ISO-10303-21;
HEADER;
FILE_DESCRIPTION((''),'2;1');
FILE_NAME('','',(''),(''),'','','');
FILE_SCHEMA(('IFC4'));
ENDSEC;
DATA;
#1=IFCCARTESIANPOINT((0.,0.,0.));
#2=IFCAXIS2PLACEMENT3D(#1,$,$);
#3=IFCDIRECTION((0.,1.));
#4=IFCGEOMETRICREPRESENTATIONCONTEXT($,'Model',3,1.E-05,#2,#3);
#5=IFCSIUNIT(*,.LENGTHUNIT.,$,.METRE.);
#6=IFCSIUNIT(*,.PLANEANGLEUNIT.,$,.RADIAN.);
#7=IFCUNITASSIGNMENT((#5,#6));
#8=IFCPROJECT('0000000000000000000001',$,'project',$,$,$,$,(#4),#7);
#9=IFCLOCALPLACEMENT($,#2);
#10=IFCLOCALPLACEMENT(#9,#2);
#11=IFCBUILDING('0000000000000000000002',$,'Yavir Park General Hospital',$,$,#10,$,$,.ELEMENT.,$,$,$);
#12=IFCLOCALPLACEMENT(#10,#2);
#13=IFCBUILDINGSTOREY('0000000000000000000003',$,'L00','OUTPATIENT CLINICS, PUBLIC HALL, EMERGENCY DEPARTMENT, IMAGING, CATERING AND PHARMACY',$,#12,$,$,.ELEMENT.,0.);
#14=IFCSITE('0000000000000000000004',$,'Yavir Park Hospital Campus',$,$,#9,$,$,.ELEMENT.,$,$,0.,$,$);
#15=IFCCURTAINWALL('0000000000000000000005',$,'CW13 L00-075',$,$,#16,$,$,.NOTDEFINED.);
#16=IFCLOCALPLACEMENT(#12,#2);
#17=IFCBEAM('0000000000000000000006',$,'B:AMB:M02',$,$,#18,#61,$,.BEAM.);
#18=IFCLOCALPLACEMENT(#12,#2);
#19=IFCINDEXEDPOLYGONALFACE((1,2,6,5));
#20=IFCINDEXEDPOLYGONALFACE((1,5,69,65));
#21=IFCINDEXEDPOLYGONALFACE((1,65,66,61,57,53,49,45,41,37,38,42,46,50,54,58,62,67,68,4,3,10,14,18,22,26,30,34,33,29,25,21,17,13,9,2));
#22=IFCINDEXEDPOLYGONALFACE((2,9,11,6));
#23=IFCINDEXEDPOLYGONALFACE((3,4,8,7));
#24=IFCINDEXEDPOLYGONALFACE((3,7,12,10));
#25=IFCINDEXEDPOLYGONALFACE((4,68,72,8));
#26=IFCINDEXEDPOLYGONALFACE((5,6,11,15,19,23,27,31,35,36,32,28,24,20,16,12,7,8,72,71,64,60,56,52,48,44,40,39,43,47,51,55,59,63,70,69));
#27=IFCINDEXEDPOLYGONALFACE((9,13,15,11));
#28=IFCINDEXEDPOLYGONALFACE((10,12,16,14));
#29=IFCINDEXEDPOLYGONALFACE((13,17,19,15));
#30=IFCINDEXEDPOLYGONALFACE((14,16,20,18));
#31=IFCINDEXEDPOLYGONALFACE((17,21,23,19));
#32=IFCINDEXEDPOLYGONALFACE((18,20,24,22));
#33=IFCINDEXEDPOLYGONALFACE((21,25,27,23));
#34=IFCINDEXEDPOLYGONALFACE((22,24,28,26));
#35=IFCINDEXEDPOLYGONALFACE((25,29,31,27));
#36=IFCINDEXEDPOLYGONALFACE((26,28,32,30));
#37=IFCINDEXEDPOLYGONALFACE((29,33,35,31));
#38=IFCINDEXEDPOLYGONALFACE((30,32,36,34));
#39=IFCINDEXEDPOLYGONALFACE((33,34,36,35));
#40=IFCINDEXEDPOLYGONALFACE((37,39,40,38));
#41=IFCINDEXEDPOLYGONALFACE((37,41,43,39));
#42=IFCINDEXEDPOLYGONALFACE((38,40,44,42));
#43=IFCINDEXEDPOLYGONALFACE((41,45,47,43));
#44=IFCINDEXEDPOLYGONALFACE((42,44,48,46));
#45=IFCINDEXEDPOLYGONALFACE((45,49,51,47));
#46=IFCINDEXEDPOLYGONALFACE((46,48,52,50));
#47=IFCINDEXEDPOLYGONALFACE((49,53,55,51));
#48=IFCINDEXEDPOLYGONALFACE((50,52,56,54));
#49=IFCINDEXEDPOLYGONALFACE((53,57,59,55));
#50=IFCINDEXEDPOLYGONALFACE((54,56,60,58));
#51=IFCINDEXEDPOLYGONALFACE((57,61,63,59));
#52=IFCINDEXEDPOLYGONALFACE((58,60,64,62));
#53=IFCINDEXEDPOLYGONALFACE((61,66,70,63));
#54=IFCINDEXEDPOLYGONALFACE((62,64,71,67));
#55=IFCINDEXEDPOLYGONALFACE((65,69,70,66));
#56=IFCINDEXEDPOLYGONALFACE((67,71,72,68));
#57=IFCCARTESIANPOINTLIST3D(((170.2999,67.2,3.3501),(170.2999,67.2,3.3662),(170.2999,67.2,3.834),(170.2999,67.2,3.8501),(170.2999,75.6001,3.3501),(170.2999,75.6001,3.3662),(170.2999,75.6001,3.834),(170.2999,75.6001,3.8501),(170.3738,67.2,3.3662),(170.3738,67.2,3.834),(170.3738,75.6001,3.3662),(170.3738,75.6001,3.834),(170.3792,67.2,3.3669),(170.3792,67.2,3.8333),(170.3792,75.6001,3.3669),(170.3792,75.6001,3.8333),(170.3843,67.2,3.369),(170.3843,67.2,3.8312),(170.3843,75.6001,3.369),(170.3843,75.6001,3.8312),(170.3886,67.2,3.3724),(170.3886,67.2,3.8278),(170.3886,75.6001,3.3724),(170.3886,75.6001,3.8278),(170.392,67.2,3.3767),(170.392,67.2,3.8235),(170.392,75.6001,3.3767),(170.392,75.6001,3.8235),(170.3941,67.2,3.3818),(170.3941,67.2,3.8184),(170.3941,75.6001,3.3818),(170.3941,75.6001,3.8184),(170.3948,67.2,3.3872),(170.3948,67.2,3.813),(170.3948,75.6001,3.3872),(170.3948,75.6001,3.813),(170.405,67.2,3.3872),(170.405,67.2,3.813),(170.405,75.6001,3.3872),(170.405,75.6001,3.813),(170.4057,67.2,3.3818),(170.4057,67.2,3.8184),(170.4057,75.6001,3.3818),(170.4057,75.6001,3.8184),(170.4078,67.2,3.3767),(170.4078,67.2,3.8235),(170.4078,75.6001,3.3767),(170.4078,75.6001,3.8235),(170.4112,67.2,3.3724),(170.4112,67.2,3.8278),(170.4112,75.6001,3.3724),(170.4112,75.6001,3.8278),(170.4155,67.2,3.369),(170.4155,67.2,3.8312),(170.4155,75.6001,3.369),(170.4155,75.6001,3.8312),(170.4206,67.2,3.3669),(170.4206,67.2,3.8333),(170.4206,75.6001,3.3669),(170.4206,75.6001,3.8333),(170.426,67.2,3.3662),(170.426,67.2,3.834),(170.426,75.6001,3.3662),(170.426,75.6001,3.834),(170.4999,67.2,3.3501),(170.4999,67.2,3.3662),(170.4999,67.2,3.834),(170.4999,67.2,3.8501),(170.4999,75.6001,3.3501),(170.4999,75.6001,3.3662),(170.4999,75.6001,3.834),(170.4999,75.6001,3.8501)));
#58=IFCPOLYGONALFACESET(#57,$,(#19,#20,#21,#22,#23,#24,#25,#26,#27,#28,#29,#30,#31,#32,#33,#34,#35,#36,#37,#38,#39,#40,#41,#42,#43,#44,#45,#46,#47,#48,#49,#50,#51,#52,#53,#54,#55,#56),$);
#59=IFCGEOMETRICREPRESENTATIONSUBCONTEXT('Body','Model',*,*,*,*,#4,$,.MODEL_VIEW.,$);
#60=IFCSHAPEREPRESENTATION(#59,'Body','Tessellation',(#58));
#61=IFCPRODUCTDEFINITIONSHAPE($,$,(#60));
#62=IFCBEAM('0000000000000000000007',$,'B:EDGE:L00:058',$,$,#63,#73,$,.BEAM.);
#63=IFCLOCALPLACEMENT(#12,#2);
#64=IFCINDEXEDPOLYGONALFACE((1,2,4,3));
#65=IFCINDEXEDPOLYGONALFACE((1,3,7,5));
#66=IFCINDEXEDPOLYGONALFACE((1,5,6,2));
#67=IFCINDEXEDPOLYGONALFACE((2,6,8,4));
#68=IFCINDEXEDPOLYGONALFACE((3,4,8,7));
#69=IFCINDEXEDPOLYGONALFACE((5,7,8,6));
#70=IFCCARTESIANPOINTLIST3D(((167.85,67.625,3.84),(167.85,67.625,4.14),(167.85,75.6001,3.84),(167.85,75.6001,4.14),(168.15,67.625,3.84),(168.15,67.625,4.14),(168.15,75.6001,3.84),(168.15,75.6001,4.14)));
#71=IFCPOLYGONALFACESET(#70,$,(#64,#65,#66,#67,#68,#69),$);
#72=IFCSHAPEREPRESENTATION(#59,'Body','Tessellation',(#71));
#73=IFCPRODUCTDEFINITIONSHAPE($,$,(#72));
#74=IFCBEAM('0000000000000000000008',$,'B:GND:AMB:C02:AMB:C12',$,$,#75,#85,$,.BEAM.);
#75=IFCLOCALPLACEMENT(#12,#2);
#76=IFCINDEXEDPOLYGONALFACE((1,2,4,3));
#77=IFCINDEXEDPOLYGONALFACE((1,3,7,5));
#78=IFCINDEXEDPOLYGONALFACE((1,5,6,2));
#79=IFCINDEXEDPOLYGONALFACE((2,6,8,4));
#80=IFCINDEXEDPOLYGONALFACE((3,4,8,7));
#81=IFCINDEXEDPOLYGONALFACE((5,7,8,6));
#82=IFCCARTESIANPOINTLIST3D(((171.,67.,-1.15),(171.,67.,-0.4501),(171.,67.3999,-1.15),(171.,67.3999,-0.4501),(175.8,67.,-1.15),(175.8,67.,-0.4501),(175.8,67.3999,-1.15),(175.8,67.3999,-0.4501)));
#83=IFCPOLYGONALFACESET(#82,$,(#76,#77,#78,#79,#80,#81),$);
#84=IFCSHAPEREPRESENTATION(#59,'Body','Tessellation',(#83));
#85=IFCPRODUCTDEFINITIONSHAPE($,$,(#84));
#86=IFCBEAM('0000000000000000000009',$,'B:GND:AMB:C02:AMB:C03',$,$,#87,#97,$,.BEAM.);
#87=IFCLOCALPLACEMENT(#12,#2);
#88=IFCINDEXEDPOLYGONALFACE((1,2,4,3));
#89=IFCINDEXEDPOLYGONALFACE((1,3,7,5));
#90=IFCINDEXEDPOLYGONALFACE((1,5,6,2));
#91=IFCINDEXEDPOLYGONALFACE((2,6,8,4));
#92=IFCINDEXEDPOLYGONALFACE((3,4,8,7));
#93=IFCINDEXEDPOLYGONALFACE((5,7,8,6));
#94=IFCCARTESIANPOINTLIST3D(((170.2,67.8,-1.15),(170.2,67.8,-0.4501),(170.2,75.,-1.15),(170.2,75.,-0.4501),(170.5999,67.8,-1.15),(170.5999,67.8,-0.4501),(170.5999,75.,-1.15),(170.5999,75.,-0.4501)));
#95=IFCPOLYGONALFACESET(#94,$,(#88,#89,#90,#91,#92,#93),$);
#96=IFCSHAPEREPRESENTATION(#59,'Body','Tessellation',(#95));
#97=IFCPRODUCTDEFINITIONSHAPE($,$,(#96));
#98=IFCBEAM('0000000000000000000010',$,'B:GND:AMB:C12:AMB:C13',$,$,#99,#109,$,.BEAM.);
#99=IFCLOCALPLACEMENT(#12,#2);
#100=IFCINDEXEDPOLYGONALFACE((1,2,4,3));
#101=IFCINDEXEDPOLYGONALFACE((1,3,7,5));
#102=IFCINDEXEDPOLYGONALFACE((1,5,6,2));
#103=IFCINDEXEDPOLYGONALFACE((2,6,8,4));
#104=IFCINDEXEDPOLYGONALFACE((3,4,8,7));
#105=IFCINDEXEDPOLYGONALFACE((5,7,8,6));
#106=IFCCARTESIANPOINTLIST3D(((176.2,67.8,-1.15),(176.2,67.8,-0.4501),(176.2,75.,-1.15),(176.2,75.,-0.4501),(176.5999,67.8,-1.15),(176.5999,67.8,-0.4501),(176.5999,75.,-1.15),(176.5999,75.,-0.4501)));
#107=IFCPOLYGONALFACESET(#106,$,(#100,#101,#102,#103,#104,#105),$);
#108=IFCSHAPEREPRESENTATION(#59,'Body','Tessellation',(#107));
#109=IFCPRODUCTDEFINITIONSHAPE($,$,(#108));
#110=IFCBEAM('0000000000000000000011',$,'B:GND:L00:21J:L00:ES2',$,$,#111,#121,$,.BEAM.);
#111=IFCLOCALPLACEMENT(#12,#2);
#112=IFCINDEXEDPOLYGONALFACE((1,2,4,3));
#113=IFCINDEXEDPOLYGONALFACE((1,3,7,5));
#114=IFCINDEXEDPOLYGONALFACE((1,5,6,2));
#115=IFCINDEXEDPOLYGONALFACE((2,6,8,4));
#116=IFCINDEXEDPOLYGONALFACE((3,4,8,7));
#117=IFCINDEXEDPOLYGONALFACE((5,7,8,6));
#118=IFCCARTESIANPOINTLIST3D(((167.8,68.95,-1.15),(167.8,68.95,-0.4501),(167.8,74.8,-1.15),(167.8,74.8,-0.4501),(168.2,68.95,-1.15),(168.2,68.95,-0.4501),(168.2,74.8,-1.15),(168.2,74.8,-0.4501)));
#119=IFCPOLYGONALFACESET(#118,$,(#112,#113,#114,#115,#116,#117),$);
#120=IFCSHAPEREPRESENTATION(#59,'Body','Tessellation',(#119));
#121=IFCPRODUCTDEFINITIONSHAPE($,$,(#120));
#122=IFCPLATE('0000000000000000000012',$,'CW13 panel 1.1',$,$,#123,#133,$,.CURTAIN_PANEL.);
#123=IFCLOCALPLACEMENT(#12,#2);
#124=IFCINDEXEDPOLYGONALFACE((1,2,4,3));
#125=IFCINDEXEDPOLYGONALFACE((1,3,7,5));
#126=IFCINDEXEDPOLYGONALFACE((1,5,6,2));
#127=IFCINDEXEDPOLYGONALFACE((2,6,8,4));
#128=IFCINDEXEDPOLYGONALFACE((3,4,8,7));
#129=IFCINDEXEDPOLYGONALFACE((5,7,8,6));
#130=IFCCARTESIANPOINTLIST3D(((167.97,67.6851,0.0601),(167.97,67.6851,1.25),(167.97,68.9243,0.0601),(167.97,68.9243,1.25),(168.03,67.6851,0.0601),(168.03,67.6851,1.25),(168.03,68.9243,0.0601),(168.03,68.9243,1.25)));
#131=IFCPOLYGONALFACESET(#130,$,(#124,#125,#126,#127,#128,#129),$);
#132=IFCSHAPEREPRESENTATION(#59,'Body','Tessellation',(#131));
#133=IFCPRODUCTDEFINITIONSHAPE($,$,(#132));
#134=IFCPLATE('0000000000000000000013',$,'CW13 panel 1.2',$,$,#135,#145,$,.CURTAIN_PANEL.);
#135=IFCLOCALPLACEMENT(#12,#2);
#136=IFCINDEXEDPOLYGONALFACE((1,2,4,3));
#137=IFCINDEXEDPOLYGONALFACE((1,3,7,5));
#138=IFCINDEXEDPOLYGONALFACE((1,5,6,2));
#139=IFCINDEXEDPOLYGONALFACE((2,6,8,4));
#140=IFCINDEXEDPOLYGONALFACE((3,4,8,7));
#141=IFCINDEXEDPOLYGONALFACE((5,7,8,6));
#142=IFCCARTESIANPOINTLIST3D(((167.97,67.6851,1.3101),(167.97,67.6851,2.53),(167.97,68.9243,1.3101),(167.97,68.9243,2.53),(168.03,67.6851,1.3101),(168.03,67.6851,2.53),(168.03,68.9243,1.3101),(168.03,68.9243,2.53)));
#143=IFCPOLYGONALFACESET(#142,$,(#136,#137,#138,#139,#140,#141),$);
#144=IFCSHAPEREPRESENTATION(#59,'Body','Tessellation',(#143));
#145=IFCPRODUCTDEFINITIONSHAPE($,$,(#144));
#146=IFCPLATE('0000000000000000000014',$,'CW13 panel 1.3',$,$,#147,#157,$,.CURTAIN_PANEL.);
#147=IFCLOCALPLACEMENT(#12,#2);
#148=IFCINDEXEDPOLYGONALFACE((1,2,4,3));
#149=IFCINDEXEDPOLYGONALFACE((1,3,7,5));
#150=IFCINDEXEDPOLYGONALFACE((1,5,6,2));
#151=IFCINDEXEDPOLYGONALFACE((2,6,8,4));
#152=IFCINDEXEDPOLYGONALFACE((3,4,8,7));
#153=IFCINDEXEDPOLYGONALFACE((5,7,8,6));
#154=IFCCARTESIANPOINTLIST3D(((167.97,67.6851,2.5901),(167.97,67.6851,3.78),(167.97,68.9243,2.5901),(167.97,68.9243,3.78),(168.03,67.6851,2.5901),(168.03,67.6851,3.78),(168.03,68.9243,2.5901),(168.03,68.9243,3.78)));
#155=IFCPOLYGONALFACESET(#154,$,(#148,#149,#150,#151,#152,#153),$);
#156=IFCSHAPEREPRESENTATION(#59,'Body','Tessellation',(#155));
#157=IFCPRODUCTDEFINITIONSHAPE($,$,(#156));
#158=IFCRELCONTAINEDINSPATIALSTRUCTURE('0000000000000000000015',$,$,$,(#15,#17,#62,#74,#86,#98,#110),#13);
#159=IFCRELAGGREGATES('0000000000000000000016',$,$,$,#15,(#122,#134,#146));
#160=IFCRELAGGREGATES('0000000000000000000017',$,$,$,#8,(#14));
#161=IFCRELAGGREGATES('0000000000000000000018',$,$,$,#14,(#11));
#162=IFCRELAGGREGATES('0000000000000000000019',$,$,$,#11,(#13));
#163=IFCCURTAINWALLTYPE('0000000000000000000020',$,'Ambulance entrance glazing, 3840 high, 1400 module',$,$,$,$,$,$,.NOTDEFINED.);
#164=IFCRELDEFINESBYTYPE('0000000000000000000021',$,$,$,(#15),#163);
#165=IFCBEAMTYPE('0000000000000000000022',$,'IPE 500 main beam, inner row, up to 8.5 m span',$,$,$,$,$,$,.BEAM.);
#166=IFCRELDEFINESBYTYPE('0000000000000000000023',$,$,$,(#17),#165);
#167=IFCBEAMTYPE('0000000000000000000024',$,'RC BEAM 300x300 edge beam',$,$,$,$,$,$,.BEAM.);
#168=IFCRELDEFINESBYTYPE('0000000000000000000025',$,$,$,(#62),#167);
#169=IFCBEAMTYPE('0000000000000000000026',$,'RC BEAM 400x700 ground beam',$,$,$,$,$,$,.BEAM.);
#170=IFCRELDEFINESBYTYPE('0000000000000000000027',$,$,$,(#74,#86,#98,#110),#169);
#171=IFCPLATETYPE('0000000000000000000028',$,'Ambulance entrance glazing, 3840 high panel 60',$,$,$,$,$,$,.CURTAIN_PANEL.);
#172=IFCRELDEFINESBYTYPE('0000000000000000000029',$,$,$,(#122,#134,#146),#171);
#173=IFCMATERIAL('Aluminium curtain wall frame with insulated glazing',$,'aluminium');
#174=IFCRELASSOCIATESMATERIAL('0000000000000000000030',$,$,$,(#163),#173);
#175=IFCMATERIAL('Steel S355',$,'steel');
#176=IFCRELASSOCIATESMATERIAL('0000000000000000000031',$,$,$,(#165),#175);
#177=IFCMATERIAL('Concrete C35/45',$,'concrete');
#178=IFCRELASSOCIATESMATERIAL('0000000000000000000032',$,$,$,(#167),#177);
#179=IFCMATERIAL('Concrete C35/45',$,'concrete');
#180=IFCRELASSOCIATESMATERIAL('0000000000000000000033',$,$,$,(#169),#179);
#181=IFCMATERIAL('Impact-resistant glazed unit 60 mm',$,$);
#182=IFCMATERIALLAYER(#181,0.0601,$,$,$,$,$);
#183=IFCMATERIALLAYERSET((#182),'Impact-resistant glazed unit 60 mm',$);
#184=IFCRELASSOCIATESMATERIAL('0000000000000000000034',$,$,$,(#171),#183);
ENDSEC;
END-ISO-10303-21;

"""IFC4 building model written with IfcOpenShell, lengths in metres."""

from ifc_helpers import new_model, si_unit, direction, frame, origin, origin_2d, place, context, subcontext, project, spatial, rectangle, i_section, extrude, material, layer, layer_set, material_profile, profile_set, type_object, element, aggregate, save


model = new_model("IFC4")

# Units and contexts
model_context = context("Model", 3, precision=1e-05, world=origin(), true_north=direction((0.0, 1.0)))
body_context = subcontext(model_context, "Body", "Model", "MODEL_VIEW")
ifc_project = project(units=[si_unit("LENGTHUNIT", "METRE"), si_unit("PLANEANGLEUNIT", "RADIAN")], contexts=[model_context])

# Site, building, storey
site_placement = place(None, origin())
site = spatial("IfcSite", under=ifc_project, at=site_placement, Name="Yavir Park Hospital Campus", CompositionType="ELEMENT", RefElevation=0.0)
building_placement = place(site_placement, origin())
building = spatial("IfcBuilding", under=site, at=building_placement, Name="Yavir Park General Hospital", CompositionType="ELEMENT")
storey_placement = place(building_placement, origin())
storey = spatial("IfcBuildingStorey", under=building, at=storey_placement, Name="L00", Description="OUTPATIENT CLINICS, PUBLIC HALL, EMERGENCY DEPARTMENT, IMAGING, CATERING AND PHARMACY", CompositionType="ELEMENT", Elevation=0.0)

# Curtain wall
ifc_material_1 = material(Name="Aluminium curtain wall frame with insulated glazing", Category="aluminium")
curtain_wall_type = type_object("IfcCurtainWallType", Name="Ambulance entrance glazing, 3840 high, 1400 module", PredefinedType="NOTDEFINED", material=ifc_material_1)
curtain_wall_placement = place(storey_placement, origin())
curtain_wall = element("IfcCurtainWall", 1, at=curtain_wall_placement, inside=storey, type_object=curtain_wall_type, Name="CW13 L00-075", PredefinedType="NOTDEFINED")

# Beams
ifc_material_2 = material(Name="Steel S355", Category="steel")
ifc_material_profile_1 = material_profile(ifc_material_2, i_section(OverallWidth=0.2, OverallDepth=0.5, WebThickness=0.0103, FlangeThickness=0.0161, FilletRadius=0.021, at=origin_2d()), Name="IPE500")
ifc_profile_set_1 = profile_set([ifc_material_profile_1], Name="Steel S355")
beam_type_1 = type_object("IfcBeamType", Name="IPE 500 main beam, inner row, up to 8.5 m span", PredefinedType="BEAM", material=ifc_profile_set_1)
beam_1_placement = place(storey_placement, frame((170.3999, 67.2, 3.6001), z_axis=(0.0, 1.0, 0.0), x_axis=(-1.0, 0.0, 0.0)))
element("IfcBeam", 2, at=beam_1_placement, inside=storey, type_object=beam_type_1, Name="B:AMB:M02", PredefinedType="BEAM", context=body_context, shape_type="SweptSolid", body=[
    extrude(i_section(OverallWidth=0.2, OverallDepth=0.5, WebThickness=0.0103, FlangeThickness=0.0161, FilletRadius=0.021, at=origin_2d()), origin(), (0.0, 0.0, 1.0), 8.4001),
])
ifc_material_3 = material(Name="Concrete C35/45", Category="concrete")
ifc_material_profile_2 = material_profile(ifc_material_3, rectangle(XDim=0.3, YDim=0.3, at=origin_2d()), Name="RC300x300")
ifc_profile_set_2 = profile_set([ifc_material_profile_2], Name="Concrete C35/45")
beam_type_2 = type_object("IfcBeamType", Name="RC BEAM 300x300 edge beam", PredefinedType="BEAM", material=ifc_profile_set_2)
beam_2_placement = place(storey_placement, frame((168.0, 67.625, 3.99), z_axis=(0.0, 1.0, 0.0), x_axis=(-1.0, 0.0, 0.0)))
element("IfcBeam", 3, at=beam_2_placement, inside=storey, type_object=beam_type_2, Name="B:EDGE:L00:058", PredefinedType="BEAM", context=body_context, shape_type="SweptSolid", body=[
    extrude(rectangle(XDim=0.3, YDim=0.3, at=origin_2d()), origin(), (0.0, 0.0, 1.0), 7.9751),
])
ifc_material_4 = material(Name="Concrete C35/45", Category="concrete")
ifc_material_profile_3 = material_profile(ifc_material_4, rectangle(XDim=0.3999, YDim=0.7, at=origin_2d()), Name="RC400x700")
ifc_profile_set_3 = profile_set([ifc_material_profile_3], Name="Concrete C35/45")
beam_type_3 = type_object("IfcBeamType", Name="RC BEAM 400x700 ground beam", PredefinedType="BEAM", material=ifc_profile_set_3)
beam_3_placement = place(storey_placement, frame((171.0, 67.2, -0.8), z_axis=(1.0, 0.0, 0.0), x_axis=(0.0, 1.0, 0.0)))
element("IfcBeam", 4, at=beam_3_placement, inside=storey, type_object=beam_type_3, Name="B:GND:AMB:C02:AMB:C12", PredefinedType="BEAM", context=body_context, shape_type="SweptSolid", body=[
    extrude(rectangle(XDim=0.3999, YDim=0.7, at=origin_2d()), origin(), (0.0, 0.0, 1.0), 4.8),
])
for number, where, z_axis, x_axis, name in (
    (5, (170.3999, 67.8, -0.8), (0.0, 1.0, 0.0), (-1.0, 0.0, 0.0), "B:GND:AMB:C02:AMB:C03"),
    (6, (176.3999, 67.8, -0.8), (0.0, 1.0, 0.0), (-1.0, 0.0, 0.0), "B:GND:AMB:C12:AMB:C13"),
):
    element("IfcBeam", number, at=place(storey_placement, frame(where, z_axis=z_axis, x_axis=x_axis)), inside=storey, type_object=beam_type_3, Name=name, PredefinedType="BEAM", context=body_context, shape_type="SweptSolid", body=[
        extrude(rectangle(XDim=0.3999, YDim=0.7, at=origin_2d()), origin(), (0.0, 0.0, 1.0), 7.2),
    ])
beam_4_placement = place(storey_placement, frame((168.0, 68.95, -0.8), z_axis=(0.0, 1.0, 0.0), x_axis=(-1.0, 0.0, 0.0)))
element("IfcBeam", 7, at=beam_4_placement, inside=storey, type_object=beam_type_3, Name="B:GND:L00:21J:L00:ES2", PredefinedType="BEAM", context=body_context, shape_type="SweptSolid", body=[
    extrude(rectangle(XDim=0.3999, YDim=0.7, at=origin_2d()), origin(), (0.0, 0.0, 1.0), 5.8501),
])

# Plates
ifc_material_5 = material(Name="Impact-resistant glazed unit 60 mm")
ifc_layer = layer(ifc_material_5, 0.0601)
ifc_layer_set = layer_set([ifc_layer], Name="Impact-resistant glazed unit 60 mm")
plate_type = type_object("IfcPlateType", Name="Ambulance entrance glazing, 3840 high panel 60", PredefinedType="CURTAIN_PANEL", material=ifc_layer_set)
plate_1_placement = place(storey_placement, frame((168.0, 68.3047, 0.0601), z_axis=(0.0, 0.0, 1.0), x_axis=(0.0, 1.0, 0.0)))
plate_1 = element("IfcPlate", 8, at=plate_1_placement, type_object=plate_type, Name="CW13 panel 1.1", PredefinedType="CURTAIN_PANEL", context=body_context, shape_type="SweptSolid", body=[
    extrude(rectangle(XDim=1.2393, YDim=0.0601, at=origin_2d()), origin(), (0.0, 0.0, 1.0), 1.1899),
])
plate_2_placement = place(storey_placement, frame((168.0, 68.3047, 1.3101), z_axis=(0.0, 0.0, 1.0), x_axis=(0.0, 1.0, 0.0)))
plate_2 = element("IfcPlate", 9, at=plate_2_placement, type_object=plate_type, Name="CW13 panel 1.2", PredefinedType="CURTAIN_PANEL", context=body_context, shape_type="SweptSolid", body=[
    extrude(rectangle(XDim=1.2393, YDim=0.0601, at=origin_2d()), origin(), (0.0, 0.0, 1.0), 1.22),
])
plate_3_placement = place(storey_placement, frame((168.0, 68.3047, 2.5901), z_axis=(0.0, 0.0, 1.0), x_axis=(0.0, 1.0, 0.0)))
plate_3 = element("IfcPlate", 10, at=plate_3_placement, type_object=plate_type, Name="CW13 panel 1.3", PredefinedType="CURTAIN_PANEL", context=body_context, shape_type="SweptSolid", body=[
    extrude(rectangle(XDim=1.2393, YDim=0.0601, at=origin_2d()), origin(), (0.0, 0.0, 1.0), 1.1899),
])
aggregate(curtain_wall, [plate_1, plate_2, plate_3])

save(model, "model.ifc")
